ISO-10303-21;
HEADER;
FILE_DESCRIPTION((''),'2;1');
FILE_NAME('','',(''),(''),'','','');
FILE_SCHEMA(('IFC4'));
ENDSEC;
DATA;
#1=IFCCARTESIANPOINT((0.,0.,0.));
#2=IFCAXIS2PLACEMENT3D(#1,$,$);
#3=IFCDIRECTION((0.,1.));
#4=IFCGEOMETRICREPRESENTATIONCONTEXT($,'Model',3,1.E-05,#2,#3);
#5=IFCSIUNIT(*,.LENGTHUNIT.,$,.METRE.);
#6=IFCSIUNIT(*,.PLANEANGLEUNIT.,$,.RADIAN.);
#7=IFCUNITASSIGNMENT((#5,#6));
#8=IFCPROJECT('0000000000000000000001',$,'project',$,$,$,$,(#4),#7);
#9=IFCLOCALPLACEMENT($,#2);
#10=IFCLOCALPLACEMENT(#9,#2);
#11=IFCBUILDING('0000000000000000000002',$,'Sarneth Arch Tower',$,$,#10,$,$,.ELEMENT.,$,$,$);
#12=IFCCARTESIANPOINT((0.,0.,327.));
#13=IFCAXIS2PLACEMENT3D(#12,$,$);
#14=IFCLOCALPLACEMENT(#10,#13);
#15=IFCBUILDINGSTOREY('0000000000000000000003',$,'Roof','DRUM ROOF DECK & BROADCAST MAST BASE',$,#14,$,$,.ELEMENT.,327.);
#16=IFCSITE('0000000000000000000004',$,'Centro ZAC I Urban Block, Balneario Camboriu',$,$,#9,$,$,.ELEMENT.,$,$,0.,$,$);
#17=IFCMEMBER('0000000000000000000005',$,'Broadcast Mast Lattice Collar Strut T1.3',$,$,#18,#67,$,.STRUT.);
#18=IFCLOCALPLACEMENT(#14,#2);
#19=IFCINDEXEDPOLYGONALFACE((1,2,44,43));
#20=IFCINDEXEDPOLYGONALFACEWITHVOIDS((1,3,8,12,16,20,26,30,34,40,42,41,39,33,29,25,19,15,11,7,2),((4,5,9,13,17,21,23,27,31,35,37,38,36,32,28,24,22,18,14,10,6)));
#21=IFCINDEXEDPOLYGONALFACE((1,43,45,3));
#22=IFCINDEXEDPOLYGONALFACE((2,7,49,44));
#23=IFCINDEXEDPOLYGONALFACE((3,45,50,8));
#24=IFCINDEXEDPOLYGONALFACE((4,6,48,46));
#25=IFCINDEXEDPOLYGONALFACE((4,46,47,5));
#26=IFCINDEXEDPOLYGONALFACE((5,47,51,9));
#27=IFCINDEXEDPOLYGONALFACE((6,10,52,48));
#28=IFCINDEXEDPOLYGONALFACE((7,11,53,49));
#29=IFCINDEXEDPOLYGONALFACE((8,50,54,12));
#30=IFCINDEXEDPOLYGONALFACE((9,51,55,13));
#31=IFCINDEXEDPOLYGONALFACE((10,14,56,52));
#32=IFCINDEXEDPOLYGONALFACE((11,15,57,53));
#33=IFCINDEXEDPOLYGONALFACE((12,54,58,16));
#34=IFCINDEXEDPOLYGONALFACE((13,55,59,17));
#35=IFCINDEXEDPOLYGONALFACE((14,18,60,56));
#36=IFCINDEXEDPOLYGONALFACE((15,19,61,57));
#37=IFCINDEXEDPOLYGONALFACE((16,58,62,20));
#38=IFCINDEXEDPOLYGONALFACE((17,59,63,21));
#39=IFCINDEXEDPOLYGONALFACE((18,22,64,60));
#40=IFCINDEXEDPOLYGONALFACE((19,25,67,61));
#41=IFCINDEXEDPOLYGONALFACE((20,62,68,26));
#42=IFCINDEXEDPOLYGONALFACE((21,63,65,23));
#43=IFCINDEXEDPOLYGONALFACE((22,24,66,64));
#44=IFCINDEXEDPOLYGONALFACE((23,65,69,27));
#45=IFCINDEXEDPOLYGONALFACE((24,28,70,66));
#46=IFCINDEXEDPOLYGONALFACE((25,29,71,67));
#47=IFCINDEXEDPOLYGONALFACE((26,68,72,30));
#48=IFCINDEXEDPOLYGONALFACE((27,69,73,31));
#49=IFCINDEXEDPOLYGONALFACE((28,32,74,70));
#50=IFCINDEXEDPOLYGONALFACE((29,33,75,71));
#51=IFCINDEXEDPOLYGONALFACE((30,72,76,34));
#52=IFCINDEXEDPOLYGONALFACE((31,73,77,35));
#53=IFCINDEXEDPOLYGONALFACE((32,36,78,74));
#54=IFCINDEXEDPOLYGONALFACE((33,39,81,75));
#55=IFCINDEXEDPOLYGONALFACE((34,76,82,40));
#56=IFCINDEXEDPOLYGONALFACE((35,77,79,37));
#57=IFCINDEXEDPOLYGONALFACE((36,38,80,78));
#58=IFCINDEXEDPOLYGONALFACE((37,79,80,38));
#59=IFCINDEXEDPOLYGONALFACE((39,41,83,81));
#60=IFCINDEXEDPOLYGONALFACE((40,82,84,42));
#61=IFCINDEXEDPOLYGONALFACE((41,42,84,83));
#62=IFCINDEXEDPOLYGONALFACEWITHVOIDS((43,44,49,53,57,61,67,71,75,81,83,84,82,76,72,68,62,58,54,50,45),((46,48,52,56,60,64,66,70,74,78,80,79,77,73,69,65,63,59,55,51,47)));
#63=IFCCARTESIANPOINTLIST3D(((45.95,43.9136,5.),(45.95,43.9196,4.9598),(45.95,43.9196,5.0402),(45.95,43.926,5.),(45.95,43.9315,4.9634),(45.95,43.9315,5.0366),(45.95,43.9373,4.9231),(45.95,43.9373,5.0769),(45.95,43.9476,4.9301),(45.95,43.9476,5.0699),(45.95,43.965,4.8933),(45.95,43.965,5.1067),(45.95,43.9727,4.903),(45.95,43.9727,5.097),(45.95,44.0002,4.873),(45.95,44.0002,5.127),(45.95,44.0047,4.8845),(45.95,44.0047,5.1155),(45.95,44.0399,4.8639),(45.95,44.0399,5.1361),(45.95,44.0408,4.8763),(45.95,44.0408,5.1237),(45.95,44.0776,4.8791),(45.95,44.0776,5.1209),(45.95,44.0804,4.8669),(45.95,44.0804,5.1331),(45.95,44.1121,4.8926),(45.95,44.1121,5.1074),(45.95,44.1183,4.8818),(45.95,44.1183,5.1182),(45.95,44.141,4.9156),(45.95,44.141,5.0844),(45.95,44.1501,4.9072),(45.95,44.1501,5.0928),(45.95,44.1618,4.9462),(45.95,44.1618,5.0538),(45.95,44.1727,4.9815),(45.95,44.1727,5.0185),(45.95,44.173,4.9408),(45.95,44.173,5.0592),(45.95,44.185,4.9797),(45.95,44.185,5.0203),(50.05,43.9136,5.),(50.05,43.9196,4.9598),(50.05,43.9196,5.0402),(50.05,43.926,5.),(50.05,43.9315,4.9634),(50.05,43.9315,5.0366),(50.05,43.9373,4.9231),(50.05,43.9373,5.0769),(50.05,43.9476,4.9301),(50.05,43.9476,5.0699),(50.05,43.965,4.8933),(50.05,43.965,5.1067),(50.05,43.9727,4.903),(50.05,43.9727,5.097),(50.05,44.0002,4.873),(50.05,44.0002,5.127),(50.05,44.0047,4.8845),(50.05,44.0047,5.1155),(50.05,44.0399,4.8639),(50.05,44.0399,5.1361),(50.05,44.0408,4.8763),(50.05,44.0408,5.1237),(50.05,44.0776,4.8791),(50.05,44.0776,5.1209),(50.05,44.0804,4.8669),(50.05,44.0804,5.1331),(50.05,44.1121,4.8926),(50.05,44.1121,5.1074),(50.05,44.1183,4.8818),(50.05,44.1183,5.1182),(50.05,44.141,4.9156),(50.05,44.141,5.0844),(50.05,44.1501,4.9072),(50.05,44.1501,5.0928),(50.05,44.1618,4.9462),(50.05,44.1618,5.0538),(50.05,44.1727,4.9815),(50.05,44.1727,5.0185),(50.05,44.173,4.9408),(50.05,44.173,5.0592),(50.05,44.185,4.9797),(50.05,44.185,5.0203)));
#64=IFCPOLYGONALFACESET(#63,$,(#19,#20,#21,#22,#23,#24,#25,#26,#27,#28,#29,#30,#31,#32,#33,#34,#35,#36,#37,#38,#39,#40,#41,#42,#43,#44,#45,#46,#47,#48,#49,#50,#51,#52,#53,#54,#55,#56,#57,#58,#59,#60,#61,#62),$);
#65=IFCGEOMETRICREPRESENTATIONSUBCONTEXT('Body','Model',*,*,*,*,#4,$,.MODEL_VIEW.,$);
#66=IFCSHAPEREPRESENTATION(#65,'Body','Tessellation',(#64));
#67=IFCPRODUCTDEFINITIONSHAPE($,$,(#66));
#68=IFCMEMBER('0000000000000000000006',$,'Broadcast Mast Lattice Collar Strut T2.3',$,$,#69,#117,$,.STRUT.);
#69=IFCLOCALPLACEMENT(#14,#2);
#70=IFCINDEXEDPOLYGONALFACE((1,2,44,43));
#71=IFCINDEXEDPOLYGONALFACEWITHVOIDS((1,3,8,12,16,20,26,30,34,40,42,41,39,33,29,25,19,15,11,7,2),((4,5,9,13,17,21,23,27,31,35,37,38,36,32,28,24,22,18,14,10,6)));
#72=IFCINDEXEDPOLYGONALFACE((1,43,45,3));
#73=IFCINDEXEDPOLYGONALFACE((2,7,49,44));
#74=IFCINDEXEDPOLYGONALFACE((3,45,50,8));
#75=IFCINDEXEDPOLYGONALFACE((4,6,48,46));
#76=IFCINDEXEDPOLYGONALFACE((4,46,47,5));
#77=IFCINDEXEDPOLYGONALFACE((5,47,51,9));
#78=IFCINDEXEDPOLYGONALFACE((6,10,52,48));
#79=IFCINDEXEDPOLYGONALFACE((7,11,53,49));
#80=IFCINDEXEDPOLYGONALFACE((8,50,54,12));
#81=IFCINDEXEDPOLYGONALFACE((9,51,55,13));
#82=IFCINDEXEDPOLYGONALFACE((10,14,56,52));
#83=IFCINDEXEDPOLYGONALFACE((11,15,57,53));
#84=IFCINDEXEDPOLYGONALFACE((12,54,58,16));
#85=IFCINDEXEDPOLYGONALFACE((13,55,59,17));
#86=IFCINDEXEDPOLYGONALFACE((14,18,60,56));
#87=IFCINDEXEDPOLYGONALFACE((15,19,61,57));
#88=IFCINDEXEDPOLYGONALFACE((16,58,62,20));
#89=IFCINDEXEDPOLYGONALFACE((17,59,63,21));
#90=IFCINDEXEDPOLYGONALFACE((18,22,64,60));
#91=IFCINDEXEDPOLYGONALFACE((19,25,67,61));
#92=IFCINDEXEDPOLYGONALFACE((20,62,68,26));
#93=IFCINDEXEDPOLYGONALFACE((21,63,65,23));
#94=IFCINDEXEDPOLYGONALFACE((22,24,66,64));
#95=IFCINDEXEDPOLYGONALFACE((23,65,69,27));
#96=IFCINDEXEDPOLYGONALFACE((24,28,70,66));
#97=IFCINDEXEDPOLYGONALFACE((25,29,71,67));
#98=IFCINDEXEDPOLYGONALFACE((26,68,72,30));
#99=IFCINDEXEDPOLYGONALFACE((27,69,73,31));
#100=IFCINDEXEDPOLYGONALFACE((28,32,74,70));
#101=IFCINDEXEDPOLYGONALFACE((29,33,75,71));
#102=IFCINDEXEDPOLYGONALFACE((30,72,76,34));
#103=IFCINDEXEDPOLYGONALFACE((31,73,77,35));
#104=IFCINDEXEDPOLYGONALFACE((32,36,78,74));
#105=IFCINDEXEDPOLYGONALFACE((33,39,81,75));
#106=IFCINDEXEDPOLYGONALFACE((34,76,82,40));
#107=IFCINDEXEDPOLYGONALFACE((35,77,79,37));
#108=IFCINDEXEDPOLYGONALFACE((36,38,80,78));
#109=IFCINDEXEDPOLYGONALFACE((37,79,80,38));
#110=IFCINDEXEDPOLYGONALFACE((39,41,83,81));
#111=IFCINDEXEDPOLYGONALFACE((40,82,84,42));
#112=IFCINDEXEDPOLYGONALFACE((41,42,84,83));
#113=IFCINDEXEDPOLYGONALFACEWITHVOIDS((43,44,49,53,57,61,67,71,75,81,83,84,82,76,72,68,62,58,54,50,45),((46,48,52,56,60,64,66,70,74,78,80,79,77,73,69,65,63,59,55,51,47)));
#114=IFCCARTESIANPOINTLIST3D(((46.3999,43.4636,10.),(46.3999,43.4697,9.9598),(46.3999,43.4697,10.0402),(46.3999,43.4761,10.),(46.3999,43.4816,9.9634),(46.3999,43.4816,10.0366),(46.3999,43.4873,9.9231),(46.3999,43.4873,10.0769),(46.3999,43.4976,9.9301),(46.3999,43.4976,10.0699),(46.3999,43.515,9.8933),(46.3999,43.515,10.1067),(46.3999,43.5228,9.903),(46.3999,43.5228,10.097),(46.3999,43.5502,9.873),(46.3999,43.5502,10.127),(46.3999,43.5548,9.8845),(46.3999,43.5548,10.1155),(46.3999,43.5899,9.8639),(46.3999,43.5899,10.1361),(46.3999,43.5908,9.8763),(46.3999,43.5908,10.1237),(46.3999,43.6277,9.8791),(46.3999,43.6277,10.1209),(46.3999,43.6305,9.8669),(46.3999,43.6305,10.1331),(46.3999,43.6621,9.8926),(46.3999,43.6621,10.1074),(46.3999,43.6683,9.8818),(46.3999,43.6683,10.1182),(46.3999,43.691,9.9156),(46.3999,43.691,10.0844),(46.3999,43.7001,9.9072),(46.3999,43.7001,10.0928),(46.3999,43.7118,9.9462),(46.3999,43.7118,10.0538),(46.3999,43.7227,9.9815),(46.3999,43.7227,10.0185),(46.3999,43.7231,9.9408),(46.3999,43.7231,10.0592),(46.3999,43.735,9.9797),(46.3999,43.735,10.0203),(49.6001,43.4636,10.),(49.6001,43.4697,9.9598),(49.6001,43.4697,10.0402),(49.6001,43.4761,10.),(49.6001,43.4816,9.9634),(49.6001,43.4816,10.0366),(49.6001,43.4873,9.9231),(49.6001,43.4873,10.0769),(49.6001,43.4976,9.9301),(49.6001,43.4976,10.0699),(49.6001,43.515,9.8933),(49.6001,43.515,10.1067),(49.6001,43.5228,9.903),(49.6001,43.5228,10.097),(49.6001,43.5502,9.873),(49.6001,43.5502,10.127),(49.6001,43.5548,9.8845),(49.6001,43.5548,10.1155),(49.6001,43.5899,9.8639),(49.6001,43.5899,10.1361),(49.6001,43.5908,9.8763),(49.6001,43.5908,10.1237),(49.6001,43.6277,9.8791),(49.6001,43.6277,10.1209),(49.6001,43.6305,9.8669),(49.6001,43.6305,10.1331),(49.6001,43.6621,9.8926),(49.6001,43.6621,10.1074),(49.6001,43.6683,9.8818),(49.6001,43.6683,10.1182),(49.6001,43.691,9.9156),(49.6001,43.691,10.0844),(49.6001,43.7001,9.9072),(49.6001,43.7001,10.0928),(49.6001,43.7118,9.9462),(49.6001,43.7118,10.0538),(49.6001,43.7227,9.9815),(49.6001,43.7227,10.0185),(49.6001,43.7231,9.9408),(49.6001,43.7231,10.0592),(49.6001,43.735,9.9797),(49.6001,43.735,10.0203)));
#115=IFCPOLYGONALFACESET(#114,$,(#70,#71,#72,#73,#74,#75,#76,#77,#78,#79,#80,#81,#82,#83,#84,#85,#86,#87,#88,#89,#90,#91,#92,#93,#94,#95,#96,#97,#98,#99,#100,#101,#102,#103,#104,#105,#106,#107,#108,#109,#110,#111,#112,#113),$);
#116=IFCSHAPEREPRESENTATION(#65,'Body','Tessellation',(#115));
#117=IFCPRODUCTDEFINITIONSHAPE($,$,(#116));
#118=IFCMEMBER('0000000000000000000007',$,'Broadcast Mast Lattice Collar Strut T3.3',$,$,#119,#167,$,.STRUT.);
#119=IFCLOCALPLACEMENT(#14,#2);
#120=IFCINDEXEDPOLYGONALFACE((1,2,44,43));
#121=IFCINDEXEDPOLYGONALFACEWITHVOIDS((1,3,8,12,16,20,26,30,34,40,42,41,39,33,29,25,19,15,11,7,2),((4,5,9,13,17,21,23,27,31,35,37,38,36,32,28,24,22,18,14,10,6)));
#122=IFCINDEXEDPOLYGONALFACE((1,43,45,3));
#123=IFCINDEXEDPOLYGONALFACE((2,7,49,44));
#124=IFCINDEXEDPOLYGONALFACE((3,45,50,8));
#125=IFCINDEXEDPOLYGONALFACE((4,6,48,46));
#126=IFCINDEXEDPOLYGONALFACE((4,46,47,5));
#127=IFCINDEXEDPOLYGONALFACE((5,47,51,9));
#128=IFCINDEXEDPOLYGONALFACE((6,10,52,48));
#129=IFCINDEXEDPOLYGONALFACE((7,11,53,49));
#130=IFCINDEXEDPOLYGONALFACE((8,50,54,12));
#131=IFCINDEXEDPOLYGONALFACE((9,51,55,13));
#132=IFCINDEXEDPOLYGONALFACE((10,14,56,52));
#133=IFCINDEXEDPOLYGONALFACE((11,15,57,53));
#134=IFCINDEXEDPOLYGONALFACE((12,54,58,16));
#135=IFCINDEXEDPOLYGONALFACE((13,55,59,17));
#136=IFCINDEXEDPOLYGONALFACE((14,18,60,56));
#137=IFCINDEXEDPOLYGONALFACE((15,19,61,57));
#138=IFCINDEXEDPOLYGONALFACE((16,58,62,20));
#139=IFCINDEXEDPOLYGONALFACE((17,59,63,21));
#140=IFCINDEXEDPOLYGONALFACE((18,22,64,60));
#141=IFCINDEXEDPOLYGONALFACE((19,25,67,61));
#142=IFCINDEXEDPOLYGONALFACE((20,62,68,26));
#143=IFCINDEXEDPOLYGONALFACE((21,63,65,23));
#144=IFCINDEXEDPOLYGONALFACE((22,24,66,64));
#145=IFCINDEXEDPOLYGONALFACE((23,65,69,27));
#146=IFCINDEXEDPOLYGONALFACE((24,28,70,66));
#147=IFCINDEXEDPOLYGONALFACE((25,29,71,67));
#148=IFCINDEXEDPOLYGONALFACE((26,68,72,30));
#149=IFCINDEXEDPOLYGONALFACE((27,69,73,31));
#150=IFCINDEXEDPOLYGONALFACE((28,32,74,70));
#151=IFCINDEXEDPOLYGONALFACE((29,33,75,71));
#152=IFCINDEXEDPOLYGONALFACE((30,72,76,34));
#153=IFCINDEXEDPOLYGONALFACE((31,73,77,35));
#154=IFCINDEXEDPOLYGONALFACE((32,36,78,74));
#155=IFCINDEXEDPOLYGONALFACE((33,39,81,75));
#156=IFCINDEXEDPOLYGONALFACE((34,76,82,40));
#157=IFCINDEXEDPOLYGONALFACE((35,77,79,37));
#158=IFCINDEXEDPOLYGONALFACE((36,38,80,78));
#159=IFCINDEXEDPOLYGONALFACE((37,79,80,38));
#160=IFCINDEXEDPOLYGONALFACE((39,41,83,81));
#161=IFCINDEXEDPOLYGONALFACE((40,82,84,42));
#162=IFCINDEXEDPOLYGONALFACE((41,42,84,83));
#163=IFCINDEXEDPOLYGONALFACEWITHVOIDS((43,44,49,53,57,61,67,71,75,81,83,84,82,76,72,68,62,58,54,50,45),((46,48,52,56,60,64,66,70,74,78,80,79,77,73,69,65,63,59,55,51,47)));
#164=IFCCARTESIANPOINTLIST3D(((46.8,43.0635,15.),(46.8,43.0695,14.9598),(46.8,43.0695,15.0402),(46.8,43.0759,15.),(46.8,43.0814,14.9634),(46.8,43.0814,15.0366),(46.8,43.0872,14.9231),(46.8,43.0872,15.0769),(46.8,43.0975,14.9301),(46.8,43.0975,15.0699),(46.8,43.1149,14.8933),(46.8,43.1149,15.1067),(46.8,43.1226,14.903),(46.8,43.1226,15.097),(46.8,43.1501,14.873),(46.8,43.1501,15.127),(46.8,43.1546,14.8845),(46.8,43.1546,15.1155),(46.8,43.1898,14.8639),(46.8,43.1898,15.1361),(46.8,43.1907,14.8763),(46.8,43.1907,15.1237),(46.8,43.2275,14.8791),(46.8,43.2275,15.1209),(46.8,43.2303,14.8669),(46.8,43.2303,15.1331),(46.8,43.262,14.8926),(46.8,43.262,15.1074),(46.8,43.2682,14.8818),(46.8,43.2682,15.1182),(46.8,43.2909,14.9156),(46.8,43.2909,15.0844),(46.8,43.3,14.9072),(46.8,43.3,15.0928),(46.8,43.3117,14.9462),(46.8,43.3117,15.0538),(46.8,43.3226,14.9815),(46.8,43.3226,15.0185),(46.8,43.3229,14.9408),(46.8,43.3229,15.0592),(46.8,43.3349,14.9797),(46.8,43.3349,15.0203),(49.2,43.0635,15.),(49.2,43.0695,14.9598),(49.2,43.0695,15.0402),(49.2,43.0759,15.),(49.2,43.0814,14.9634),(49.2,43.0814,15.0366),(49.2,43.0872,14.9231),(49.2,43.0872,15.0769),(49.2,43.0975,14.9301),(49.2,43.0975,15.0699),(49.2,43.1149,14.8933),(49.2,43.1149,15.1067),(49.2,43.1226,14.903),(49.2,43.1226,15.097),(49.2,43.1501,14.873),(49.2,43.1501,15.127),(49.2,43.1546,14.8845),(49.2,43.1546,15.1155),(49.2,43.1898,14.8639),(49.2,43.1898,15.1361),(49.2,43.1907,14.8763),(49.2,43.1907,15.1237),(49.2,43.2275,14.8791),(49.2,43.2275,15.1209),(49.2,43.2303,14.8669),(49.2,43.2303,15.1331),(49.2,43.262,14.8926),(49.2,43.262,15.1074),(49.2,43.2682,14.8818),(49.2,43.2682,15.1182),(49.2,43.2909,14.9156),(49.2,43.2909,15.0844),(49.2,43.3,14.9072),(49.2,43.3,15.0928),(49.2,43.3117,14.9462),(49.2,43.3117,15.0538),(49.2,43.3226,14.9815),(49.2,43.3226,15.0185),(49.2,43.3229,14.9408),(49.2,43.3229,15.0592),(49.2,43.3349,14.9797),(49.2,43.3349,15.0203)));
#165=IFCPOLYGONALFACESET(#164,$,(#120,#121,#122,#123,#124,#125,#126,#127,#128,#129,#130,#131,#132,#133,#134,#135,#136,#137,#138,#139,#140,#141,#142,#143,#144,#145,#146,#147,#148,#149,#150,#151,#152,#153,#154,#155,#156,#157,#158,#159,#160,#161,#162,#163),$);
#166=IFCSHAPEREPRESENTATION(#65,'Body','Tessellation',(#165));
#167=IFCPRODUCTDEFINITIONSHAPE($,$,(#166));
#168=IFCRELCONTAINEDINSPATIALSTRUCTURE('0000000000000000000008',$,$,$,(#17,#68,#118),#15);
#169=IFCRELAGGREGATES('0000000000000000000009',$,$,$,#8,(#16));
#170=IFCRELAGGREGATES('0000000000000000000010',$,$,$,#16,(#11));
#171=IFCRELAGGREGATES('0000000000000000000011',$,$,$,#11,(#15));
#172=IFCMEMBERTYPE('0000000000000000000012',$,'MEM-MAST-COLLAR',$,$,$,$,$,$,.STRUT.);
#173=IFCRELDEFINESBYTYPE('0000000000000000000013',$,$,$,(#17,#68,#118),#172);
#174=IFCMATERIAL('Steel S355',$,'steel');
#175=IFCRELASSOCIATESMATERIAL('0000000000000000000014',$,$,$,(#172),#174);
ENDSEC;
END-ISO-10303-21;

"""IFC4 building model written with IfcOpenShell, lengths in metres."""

from ifc_helpers import new_model, si_unit, direction, frame, origin, origin_2d, place, context, subcontext, project, spatial, hollow_circle, extrude, material, material_profile, profile_set, type_object, element, save


model = new_model("IFC4")

# Units and contexts
model_context = context("Model", 3, precision=1e-05, world=origin(), true_north=direction((0.0, 1.0)))
body_context = subcontext(model_context, "Body", "Model", "MODEL_VIEW")
ifc_project = project(units=[si_unit("LENGTHUNIT", "METRE"), si_unit("PLANEANGLEUNIT", "RADIAN")], contexts=[model_context])

# Site, building, storey
site_placement = place(None, origin())
site = spatial("IfcSite", under=ifc_project, at=site_placement, Name="Centro ZAC I Urban Block, Balneario Camboriu", CompositionType="ELEMENT", RefElevation=0.0)
building_placement = place(site_placement, origin())
building = spatial("IfcBuilding", under=site, at=building_placement, Name="Sarneth Arch Tower", CompositionType="ELEMENT")
storey_placement = place(building_placement, frame((0.0, 0.0, 327.0)))
storey = spatial("IfcBuildingStorey", under=building, at=storey_placement, Name="Roof", Description="DRUM ROOF DECK & BROADCAST MAST BASE", CompositionType="ELEMENT", Elevation=327.0)

# Members
ifc_material_1 = material(Name="Steel S355", Category="steel")
ifc_material_profile_1 = material_profile(ifc_material_1, hollow_circle(Radius=0.1365, WallThickness=0.0125, at=origin_2d()), Name="CHS273x12.5")
ifc_profile_set_1 = profile_set([ifc_material_profile_1], Name="Steel S355")
member_type_1 = type_object("IfcMemberType", Name="MEM-MAST-COLLAR", PredefinedType="STRUT", material=ifc_profile_set_1)
member_1_placement = place(storey_placement, frame((50.05, 44.05, 5.0), z_axis=(-1.0, 0.0, 0.0), x_axis=(0.0, -1.0, 0.0)))
element("IfcMember", 1, at=member_1_placement, inside=storey, type_object=member_type_1, Name="Broadcast Mast Lattice Collar Strut T1.3", PredefinedType="STRUT", context=body_context, shape_type="SweptSolid", body=[
    extrude(hollow_circle(Radius=0.1365, WallThickness=0.0125, at=origin_2d()), origin(), (0.0, 0.0, 1.0), 4.1001),
])
member_2_placement = place(storey_placement, frame((49.6001, 43.6001, 10.0), z_axis=(-1.0, 0.0, 0.0), x_axis=(0.0, -1.0, 0.0)))
element("IfcMember", 2, at=member_2_placement, inside=storey, type_object=member_type_1, Name="Broadcast Mast Lattice Collar Strut T2.3", PredefinedType="STRUT", context=body_context, shape_type="SweptSolid", body=[
    extrude(hollow_circle(Radius=0.1365, WallThickness=0.0125, at=origin_2d()), origin(), (0.0, 0.0, 1.0), 3.2002),
])
member_3_placement = place(storey_placement, frame((49.2, 43.2, 15.0), z_axis=(-1.0, 0.0, 0.0), x_axis=(0.0, -1.0, 0.0)))
element("IfcMember", 3, at=member_3_placement, inside=storey, type_object=member_type_1, Name="Broadcast Mast Lattice Collar Strut T3.3", PredefinedType="STRUT", context=body_context, shape_type="SweptSolid", body=[
    extrude(hollow_circle(Radius=0.1365, WallThickness=0.0125, at=origin_2d()), origin(), (0.0, 0.0, 1.0), 2.3999),
])

save(model, "model.ifc")
